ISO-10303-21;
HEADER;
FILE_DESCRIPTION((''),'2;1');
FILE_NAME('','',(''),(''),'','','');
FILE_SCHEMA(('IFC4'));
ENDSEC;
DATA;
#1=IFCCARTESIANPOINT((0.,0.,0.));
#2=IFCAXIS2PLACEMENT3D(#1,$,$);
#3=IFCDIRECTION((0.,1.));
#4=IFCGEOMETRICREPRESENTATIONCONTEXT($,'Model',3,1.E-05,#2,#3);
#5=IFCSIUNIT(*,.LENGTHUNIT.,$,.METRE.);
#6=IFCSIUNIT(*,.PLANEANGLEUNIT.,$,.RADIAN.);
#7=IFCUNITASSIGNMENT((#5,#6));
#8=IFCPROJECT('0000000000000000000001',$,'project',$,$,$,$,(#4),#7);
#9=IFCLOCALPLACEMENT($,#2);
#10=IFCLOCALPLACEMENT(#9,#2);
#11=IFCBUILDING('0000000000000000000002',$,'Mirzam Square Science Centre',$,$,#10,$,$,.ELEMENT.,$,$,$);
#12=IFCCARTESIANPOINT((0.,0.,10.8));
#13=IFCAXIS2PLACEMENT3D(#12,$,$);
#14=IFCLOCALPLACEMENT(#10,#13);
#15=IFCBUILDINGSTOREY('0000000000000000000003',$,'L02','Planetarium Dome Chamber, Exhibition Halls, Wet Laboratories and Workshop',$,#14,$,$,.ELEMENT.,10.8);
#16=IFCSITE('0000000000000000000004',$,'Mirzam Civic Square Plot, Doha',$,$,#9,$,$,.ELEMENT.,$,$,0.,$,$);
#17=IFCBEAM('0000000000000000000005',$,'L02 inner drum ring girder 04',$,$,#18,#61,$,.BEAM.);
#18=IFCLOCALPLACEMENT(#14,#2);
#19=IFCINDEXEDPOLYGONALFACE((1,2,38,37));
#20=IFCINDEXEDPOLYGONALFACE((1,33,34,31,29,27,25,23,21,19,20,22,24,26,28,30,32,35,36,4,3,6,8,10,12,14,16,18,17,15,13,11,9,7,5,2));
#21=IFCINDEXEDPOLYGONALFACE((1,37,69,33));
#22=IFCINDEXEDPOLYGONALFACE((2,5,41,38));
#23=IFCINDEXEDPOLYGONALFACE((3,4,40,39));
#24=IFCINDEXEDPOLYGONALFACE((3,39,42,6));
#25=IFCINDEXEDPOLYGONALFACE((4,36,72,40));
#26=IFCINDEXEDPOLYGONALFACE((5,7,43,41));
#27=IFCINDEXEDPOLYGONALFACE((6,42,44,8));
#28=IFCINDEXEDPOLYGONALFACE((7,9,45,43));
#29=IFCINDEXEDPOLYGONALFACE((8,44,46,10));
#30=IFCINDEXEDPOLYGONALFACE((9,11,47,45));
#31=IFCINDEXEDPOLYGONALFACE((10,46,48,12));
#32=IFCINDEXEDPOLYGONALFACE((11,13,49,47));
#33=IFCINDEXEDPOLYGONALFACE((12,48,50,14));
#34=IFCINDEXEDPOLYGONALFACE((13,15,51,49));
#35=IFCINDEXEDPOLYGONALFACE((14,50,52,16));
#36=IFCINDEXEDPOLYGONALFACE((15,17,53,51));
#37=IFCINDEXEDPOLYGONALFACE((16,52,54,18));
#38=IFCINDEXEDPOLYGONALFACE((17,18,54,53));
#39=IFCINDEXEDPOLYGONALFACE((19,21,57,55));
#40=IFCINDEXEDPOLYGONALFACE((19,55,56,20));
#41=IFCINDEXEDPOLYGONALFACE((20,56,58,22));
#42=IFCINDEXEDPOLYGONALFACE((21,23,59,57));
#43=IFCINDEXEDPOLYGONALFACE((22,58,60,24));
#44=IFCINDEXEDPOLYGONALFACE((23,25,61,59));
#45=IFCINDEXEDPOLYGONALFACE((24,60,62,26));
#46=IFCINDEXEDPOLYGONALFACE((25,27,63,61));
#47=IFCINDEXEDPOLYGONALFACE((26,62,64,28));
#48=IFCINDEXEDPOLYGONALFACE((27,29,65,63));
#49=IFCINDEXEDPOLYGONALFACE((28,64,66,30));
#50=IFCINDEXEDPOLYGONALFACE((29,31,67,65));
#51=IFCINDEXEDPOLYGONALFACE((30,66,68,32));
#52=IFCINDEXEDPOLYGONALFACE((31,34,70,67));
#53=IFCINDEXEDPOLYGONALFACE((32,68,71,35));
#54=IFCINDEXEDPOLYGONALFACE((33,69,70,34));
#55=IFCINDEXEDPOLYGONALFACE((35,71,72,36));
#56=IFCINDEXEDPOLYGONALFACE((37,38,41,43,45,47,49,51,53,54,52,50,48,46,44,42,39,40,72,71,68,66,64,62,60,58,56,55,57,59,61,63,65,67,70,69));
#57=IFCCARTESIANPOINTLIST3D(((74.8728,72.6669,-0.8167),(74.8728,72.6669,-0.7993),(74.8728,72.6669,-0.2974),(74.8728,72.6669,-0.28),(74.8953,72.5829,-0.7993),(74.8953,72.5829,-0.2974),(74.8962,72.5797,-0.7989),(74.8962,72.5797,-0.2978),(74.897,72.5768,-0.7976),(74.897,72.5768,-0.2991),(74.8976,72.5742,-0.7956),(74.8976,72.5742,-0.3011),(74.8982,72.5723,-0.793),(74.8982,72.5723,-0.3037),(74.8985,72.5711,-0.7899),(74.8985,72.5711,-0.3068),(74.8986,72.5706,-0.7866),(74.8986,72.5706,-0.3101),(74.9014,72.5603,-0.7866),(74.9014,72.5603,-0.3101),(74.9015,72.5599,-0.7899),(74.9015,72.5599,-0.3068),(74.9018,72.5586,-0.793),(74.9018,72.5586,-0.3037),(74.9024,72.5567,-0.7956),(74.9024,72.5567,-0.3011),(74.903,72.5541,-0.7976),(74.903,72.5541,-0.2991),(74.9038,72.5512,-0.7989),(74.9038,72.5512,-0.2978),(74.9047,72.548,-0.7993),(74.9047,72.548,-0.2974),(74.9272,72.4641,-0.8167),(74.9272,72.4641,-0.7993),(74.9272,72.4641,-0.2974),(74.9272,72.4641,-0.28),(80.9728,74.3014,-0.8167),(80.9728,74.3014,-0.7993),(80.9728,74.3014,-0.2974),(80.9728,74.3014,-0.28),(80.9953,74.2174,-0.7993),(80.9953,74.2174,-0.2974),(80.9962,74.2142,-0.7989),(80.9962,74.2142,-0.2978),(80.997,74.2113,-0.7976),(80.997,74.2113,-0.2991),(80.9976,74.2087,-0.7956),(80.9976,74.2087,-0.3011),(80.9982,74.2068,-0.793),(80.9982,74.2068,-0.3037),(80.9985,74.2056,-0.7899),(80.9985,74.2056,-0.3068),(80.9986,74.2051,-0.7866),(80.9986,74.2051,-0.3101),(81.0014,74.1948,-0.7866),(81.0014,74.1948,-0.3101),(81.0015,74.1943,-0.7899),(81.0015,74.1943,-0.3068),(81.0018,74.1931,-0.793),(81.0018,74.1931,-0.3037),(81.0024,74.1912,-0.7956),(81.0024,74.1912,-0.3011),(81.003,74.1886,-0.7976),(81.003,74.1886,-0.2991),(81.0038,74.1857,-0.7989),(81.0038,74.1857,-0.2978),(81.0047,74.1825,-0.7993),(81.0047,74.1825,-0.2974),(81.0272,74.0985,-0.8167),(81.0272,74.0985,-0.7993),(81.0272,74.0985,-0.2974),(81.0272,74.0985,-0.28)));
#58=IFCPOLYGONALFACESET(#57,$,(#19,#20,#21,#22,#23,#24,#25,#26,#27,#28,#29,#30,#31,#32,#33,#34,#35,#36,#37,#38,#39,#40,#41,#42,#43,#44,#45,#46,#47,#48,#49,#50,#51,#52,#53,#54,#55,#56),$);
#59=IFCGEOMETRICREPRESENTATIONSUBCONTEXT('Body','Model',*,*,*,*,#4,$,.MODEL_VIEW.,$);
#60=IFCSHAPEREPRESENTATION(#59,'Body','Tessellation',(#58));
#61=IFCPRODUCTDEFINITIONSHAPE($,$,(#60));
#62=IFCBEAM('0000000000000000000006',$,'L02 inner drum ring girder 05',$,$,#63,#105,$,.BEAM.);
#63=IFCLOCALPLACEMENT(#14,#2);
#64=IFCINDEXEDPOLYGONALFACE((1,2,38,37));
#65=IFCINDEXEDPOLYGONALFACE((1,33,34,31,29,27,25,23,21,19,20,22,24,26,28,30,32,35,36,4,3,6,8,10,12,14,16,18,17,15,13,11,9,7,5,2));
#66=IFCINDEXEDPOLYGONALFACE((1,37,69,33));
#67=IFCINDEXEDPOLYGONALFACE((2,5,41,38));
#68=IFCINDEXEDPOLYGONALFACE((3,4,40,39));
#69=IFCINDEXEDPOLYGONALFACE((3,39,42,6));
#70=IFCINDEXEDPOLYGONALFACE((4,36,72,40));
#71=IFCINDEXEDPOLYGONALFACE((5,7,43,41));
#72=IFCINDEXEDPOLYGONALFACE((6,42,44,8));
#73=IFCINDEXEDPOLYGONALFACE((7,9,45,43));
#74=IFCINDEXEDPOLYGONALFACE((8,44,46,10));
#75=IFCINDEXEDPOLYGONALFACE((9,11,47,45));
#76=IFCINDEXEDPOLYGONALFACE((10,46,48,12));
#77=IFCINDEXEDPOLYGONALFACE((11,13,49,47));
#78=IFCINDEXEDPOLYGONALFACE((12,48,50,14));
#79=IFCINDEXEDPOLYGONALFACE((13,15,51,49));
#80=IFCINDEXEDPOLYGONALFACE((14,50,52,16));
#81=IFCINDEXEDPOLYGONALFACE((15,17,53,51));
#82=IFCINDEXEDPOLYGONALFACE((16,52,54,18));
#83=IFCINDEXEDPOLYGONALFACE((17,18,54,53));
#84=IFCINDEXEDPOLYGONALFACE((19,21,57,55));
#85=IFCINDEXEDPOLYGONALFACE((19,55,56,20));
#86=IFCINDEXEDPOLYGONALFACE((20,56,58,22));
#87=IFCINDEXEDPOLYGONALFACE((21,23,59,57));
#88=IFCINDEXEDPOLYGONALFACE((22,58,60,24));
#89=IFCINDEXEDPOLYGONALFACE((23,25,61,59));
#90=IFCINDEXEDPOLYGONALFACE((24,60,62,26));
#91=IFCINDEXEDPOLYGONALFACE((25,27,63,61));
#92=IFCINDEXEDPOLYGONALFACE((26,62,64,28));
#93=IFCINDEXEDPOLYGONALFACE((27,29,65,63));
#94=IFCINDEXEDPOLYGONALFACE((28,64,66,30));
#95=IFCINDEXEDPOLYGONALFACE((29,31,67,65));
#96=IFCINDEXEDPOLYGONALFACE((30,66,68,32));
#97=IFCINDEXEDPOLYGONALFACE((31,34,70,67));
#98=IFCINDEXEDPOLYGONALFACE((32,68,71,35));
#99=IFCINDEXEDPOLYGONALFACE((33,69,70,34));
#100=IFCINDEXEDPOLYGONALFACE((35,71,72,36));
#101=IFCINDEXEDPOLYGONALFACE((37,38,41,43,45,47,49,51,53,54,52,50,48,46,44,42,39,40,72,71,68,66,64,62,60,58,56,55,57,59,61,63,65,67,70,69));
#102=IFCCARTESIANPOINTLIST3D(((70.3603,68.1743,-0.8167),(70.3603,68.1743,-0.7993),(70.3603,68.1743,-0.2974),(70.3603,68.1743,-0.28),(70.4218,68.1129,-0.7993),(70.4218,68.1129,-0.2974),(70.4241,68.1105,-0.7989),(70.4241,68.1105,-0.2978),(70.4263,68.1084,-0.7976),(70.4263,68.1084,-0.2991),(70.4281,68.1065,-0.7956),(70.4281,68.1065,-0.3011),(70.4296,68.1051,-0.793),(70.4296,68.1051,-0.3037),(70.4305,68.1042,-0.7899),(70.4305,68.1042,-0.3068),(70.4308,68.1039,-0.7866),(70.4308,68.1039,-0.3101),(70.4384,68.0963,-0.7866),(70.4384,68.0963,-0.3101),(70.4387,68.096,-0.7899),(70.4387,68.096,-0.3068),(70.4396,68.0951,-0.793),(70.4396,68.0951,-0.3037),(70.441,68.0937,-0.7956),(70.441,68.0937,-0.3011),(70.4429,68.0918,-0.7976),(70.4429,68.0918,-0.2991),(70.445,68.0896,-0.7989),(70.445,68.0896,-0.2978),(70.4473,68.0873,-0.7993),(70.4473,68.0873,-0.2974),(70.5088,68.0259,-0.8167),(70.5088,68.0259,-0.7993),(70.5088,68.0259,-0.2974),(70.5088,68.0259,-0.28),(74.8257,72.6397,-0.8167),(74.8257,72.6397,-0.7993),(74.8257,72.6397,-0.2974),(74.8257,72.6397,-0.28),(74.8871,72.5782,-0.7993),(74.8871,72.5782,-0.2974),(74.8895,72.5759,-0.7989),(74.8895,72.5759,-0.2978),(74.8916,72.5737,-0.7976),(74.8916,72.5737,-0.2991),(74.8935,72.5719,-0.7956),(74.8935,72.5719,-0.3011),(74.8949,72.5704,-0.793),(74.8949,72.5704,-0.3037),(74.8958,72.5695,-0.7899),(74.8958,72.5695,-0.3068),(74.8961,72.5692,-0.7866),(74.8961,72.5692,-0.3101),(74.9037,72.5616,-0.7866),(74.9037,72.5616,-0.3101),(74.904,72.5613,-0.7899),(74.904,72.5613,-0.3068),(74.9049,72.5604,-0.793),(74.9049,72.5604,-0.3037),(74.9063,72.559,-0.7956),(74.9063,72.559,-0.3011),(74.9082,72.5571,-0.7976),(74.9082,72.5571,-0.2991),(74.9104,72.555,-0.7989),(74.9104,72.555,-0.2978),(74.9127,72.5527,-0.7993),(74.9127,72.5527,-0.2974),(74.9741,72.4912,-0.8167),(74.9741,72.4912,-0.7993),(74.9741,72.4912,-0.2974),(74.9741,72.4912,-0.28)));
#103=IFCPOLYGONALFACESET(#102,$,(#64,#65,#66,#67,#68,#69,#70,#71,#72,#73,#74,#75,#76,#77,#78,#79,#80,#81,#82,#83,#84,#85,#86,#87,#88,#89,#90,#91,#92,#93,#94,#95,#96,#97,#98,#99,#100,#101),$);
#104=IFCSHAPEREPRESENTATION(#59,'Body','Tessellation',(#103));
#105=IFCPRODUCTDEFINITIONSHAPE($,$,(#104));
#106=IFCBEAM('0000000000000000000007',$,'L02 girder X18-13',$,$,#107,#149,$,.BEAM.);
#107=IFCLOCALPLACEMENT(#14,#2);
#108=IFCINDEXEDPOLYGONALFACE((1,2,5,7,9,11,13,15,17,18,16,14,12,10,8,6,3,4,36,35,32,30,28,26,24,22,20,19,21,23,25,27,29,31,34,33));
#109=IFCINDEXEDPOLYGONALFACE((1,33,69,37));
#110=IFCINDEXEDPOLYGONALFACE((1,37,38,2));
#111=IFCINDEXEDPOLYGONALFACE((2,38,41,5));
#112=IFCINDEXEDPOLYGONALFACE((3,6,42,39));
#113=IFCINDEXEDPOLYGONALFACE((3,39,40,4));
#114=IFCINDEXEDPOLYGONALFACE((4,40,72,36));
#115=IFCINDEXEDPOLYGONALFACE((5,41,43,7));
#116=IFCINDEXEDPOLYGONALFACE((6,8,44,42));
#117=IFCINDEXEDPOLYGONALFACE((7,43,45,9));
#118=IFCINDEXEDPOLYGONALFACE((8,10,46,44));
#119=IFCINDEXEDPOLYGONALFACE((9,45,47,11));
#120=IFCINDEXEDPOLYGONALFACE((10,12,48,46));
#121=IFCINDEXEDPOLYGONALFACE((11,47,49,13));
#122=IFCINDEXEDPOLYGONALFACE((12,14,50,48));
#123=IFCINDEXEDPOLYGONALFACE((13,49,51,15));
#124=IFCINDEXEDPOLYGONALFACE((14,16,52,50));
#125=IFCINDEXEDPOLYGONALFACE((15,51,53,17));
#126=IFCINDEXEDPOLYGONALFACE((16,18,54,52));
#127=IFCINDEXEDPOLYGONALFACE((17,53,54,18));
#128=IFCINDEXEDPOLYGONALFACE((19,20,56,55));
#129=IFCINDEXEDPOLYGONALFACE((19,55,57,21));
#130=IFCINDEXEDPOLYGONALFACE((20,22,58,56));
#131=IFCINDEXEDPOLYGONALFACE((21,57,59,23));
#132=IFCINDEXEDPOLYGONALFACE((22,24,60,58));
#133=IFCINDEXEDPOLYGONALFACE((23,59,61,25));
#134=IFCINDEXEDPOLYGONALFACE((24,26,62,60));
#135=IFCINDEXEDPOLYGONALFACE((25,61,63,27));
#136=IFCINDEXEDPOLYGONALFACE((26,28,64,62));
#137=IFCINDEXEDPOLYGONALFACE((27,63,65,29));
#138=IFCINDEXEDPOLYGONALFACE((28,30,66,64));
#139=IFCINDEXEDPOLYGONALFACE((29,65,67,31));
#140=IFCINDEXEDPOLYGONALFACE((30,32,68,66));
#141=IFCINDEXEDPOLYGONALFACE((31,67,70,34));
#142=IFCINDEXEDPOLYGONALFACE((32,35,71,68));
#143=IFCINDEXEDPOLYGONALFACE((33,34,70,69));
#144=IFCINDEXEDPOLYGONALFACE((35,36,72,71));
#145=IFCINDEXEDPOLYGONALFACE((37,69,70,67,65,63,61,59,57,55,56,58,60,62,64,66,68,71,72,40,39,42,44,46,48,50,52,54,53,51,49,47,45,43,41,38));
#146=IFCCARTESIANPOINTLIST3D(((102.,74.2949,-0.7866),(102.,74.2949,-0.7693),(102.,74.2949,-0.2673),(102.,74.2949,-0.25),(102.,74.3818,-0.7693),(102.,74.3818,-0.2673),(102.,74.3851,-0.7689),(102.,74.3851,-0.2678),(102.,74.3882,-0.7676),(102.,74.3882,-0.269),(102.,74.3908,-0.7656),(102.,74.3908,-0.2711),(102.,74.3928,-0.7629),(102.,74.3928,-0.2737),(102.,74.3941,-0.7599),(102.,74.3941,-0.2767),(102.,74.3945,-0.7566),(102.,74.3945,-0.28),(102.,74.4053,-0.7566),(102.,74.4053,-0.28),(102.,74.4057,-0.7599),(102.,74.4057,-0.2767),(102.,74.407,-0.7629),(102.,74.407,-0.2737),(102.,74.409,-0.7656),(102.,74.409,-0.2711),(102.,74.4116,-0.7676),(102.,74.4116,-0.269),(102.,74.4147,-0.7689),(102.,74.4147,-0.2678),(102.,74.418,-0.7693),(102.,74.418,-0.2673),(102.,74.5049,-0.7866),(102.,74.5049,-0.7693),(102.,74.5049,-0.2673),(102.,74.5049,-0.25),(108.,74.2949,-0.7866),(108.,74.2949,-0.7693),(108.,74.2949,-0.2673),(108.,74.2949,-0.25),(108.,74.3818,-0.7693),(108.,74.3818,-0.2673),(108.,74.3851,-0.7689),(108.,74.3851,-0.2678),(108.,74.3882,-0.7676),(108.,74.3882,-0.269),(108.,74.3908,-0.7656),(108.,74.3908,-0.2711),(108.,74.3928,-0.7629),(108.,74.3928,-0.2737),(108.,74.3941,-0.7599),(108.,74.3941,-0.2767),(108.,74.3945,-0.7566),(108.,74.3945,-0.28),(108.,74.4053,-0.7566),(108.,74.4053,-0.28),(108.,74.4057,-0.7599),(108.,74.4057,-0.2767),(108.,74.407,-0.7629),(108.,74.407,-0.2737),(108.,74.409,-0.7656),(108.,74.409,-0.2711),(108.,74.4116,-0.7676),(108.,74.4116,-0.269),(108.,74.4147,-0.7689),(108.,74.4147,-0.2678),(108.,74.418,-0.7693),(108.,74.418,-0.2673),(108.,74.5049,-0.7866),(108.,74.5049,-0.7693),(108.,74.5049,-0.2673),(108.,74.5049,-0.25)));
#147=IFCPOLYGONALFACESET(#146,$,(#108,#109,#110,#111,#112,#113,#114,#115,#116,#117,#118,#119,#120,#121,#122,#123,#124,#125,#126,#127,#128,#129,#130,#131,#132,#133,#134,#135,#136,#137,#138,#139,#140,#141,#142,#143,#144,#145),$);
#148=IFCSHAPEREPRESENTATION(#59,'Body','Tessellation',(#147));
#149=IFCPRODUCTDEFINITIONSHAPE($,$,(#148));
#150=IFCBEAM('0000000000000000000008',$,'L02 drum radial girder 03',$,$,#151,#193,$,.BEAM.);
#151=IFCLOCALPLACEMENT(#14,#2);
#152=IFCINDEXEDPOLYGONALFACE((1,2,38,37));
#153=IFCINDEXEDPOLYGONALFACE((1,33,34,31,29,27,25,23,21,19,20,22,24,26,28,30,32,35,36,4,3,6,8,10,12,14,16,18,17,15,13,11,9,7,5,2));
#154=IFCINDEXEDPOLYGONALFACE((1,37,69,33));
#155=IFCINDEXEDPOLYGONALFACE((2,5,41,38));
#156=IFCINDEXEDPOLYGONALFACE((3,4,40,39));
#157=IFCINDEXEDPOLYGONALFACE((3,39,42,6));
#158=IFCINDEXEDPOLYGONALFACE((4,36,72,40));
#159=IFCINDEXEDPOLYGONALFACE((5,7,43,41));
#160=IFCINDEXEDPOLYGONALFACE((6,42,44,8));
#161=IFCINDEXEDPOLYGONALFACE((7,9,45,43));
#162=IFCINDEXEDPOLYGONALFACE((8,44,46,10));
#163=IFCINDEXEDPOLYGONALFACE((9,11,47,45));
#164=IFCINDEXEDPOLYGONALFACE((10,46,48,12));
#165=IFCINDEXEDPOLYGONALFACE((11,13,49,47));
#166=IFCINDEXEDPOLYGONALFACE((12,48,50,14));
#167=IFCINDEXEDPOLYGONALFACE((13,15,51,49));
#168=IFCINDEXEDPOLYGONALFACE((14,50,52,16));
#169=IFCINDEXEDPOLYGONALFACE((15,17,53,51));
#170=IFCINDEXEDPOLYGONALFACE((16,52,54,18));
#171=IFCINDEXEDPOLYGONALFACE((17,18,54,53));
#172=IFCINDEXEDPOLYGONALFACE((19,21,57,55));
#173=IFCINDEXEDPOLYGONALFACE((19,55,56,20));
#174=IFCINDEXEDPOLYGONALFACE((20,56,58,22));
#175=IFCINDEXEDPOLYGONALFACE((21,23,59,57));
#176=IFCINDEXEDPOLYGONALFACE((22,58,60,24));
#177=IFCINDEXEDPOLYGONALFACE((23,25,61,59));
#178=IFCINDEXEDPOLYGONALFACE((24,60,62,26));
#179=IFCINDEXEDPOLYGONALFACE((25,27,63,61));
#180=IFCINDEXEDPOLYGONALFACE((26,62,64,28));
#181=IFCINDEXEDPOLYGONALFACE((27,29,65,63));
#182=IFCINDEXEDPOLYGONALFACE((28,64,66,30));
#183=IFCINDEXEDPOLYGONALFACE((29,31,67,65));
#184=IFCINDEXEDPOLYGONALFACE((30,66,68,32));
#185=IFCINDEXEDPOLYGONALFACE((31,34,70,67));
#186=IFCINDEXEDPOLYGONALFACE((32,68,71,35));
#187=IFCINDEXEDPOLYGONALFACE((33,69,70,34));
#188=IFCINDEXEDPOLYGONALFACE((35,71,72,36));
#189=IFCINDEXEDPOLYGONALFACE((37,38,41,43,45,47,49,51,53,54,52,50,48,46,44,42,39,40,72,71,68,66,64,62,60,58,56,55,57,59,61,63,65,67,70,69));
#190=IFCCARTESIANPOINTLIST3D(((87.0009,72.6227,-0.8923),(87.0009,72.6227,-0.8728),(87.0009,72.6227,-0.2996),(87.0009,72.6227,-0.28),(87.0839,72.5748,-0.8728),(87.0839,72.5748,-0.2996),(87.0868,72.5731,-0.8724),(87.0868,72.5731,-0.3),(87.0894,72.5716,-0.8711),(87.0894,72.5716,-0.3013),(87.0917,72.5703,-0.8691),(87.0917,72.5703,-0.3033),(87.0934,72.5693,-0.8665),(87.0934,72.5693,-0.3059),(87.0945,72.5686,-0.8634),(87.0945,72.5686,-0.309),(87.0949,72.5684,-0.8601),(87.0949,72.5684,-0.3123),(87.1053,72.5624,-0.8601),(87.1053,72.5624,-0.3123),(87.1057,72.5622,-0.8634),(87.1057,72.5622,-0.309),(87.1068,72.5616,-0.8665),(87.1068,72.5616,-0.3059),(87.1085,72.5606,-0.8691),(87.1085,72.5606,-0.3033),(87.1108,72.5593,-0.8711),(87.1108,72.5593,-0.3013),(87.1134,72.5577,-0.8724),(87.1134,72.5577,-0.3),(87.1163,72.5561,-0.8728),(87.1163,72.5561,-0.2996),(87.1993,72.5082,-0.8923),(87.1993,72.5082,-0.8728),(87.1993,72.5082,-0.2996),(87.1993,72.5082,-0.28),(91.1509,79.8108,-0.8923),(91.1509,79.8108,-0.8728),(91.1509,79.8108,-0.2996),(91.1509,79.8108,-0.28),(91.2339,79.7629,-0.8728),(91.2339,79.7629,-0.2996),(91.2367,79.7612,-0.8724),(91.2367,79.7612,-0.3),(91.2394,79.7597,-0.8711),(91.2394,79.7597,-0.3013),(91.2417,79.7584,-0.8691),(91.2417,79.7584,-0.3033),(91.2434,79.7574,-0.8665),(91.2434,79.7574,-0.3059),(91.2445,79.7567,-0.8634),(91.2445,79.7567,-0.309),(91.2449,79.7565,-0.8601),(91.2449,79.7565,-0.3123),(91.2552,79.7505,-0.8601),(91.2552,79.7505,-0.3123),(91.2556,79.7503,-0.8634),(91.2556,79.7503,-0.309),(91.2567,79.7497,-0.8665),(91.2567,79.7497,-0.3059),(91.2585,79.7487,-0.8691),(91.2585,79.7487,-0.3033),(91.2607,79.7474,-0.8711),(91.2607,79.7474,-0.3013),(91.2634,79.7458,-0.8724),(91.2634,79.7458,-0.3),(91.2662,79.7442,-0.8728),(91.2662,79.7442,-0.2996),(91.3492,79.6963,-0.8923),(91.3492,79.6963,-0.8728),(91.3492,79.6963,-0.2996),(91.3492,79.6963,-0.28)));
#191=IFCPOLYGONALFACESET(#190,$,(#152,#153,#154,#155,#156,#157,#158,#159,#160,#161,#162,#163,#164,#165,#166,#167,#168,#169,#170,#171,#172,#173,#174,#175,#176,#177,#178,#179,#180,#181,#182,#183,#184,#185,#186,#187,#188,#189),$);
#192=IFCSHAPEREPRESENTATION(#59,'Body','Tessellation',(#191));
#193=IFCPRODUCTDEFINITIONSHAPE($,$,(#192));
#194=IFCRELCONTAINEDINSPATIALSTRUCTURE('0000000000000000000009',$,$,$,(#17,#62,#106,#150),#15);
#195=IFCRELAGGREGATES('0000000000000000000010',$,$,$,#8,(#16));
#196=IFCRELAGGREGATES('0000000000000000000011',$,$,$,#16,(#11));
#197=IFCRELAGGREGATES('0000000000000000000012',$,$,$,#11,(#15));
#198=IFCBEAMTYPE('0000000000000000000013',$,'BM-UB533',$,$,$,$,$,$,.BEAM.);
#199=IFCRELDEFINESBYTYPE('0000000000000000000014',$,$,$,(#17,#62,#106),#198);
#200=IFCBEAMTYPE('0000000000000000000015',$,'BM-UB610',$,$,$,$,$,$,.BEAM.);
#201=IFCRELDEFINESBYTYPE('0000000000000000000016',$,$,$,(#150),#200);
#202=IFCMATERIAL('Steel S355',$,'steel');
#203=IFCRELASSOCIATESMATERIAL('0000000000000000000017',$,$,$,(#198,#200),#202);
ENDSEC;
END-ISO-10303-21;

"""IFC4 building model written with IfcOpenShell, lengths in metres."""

from ifc_helpers import new_model, si_unit, direction, frame, origin, origin_2d, place, context, subcontext, project, spatial, i_section, extrude, material, material_profile, profile_set, type_object, element, save


model = new_model("IFC4")

# Units and contexts
model_context = context("Model", 3, precision=1e-05, world=origin(), true_north=direction((0.0, 1.0)))
body_context = subcontext(model_context, "Body", "Model", "MODEL_VIEW")
ifc_project = project(units=[si_unit("LENGTHUNIT", "METRE"), si_unit("PLANEANGLEUNIT", "RADIAN")], contexts=[model_context])

# Site, building, storey
site_placement = place(None, origin())
site = spatial("IfcSite", under=ifc_project, at=site_placement, Name="Mirzam Civic Square Plot, Doha", CompositionType="ELEMENT", RefElevation=0.0)
building_placement = place(site_placement, origin())
building = spatial("IfcBuilding", under=site, at=building_placement, Name="Mirzam Square Science Centre", CompositionType="ELEMENT")
storey_placement = place(building_placement, frame((0.0, 0.0, 10.8)))
storey = spatial("IfcBuildingStorey", under=building, at=storey_placement, Name="L02", Description="Planetarium Dome Chamber, Exhibition Halls, Wet Laboratories and Workshop", CompositionType="ELEMENT", Elevation=10.8)

# Shared definitions
ifc_material_1 = material(Name="Steel S355", Category="steel")

# Beams
ifc_material_profile_1 = material_profile(ifc_material_1, i_section(OverallWidth=0.21, OverallDepth=0.5366, WebThickness=0.0107, FlangeThickness=0.0173, FilletRadius=0.0127, at=origin_2d()), Name="533x210x101UB")
ifc_profile_set_1 = profile_set([ifc_material_profile_1], Name="Steel S355")
beam_type_1 = type_object("IfcBeamType", Name="BM-UB533", PredefinedType="BEAM", material=ifc_profile_set_1)
for number, where, z_axis, x_axis, name in (
    (1, (81.0, 74.2, -0.5483), (-0.965926, -0.25882, 0.0), (0.25882, -0.965926, 0.0), "L02 inner drum ring girder 04"),
):
    element("IfcBeam", number, at=place(storey_placement, frame(where, z_axis=z_axis, x_axis=x_axis)), inside=storey, type_object=beam_type_1, Name=name, PredefinedType="BEAM", context=body_context, shape_type="SweptSolid", body=[
        extrude(i_section(OverallWidth=0.21, OverallDepth=0.5366, WebThickness=0.0107, FlangeThickness=0.0173, FilletRadius=0.0127, at=origin_2d()), origin(), (0.0, 0.0, 1.0), 6.3152),
    ])
beam_1_placement = place(storey_placement, frame((74.8999, 72.5654, -0.5483), z_axis=(-0.707107, -0.707107, 0.0), x_axis=(0.707107, -0.707107, 0.0)))
element("IfcBeam", 2, at=beam_1_placement, inside=storey, type_object=beam_type_1, Name="L02 inner drum ring girder 05", PredefinedType="BEAM", context=body_context, shape_type="SweptSolid", body=[
    extrude(i_section(OverallWidth=0.21, OverallDepth=0.5366, WebThickness=0.0107, FlangeThickness=0.0173, FilletRadius=0.0127, at=origin_2d()), origin(), (0.0, 0.0, 1.0), 6.3149),
])
beam_2_placement = place(storey_placement, frame((102.0, 74.3999, -0.5183), z_axis=(1.0, 0.0, 0.0), x_axis=(0.0, 1.0, 0.0)))
element("IfcBeam", 3, at=beam_2_placement, inside=storey, type_object=beam_type_1, Name="L02 girder X18-13", PredefinedType="BEAM", context=body_context, shape_type="SweptSolid", body=[
    extrude(i_section(OverallWidth=0.21, OverallDepth=0.5366, WebThickness=0.0107, FlangeThickness=0.0173, FilletRadius=0.0127, at=origin_2d()), origin(), (0.0, 0.0, 1.0), 6.0),
])
ifc_material_profile_2 = material_profile(ifc_material_1, i_section(OverallWidth=0.229, OverallDepth=0.6123, WebThickness=0.012, FlangeThickness=0.0195, FilletRadius=0.0127, at=origin_2d()), Name="610x229x125UB")
ifc_profile_set_2 = profile_set([ifc_material_profile_2], Name="Steel S355")
beam_type_2 = type_object("IfcBeamType", Name="BM-UB610", PredefinedType="BEAM", material=ifc_profile_set_2)
for number, where, z_axis, x_axis, name in (
    (4, (87.1001, 72.5654, -0.5862), (0.499992, 0.86603, 0.0), (-0.86603, 0.499992, 0.0), "L02 drum radial girder 03"),
):
    element("IfcBeam", number, at=place(storey_placement, frame(where, z_axis=z_axis, x_axis=x_axis)), inside=storey, type_object=beam_type_2, Name=name, PredefinedType="BEAM", context=body_context, shape_type="SweptSolid", body=[
        extrude(i_section(OverallWidth=0.229, OverallDepth=0.6123, WebThickness=0.012, FlangeThickness=0.0195, FilletRadius=0.0127, at=origin_2d()), origin(), (0.0, 0.0, 1.0), 8.3),
    ])

save(model, "model.ifc")
